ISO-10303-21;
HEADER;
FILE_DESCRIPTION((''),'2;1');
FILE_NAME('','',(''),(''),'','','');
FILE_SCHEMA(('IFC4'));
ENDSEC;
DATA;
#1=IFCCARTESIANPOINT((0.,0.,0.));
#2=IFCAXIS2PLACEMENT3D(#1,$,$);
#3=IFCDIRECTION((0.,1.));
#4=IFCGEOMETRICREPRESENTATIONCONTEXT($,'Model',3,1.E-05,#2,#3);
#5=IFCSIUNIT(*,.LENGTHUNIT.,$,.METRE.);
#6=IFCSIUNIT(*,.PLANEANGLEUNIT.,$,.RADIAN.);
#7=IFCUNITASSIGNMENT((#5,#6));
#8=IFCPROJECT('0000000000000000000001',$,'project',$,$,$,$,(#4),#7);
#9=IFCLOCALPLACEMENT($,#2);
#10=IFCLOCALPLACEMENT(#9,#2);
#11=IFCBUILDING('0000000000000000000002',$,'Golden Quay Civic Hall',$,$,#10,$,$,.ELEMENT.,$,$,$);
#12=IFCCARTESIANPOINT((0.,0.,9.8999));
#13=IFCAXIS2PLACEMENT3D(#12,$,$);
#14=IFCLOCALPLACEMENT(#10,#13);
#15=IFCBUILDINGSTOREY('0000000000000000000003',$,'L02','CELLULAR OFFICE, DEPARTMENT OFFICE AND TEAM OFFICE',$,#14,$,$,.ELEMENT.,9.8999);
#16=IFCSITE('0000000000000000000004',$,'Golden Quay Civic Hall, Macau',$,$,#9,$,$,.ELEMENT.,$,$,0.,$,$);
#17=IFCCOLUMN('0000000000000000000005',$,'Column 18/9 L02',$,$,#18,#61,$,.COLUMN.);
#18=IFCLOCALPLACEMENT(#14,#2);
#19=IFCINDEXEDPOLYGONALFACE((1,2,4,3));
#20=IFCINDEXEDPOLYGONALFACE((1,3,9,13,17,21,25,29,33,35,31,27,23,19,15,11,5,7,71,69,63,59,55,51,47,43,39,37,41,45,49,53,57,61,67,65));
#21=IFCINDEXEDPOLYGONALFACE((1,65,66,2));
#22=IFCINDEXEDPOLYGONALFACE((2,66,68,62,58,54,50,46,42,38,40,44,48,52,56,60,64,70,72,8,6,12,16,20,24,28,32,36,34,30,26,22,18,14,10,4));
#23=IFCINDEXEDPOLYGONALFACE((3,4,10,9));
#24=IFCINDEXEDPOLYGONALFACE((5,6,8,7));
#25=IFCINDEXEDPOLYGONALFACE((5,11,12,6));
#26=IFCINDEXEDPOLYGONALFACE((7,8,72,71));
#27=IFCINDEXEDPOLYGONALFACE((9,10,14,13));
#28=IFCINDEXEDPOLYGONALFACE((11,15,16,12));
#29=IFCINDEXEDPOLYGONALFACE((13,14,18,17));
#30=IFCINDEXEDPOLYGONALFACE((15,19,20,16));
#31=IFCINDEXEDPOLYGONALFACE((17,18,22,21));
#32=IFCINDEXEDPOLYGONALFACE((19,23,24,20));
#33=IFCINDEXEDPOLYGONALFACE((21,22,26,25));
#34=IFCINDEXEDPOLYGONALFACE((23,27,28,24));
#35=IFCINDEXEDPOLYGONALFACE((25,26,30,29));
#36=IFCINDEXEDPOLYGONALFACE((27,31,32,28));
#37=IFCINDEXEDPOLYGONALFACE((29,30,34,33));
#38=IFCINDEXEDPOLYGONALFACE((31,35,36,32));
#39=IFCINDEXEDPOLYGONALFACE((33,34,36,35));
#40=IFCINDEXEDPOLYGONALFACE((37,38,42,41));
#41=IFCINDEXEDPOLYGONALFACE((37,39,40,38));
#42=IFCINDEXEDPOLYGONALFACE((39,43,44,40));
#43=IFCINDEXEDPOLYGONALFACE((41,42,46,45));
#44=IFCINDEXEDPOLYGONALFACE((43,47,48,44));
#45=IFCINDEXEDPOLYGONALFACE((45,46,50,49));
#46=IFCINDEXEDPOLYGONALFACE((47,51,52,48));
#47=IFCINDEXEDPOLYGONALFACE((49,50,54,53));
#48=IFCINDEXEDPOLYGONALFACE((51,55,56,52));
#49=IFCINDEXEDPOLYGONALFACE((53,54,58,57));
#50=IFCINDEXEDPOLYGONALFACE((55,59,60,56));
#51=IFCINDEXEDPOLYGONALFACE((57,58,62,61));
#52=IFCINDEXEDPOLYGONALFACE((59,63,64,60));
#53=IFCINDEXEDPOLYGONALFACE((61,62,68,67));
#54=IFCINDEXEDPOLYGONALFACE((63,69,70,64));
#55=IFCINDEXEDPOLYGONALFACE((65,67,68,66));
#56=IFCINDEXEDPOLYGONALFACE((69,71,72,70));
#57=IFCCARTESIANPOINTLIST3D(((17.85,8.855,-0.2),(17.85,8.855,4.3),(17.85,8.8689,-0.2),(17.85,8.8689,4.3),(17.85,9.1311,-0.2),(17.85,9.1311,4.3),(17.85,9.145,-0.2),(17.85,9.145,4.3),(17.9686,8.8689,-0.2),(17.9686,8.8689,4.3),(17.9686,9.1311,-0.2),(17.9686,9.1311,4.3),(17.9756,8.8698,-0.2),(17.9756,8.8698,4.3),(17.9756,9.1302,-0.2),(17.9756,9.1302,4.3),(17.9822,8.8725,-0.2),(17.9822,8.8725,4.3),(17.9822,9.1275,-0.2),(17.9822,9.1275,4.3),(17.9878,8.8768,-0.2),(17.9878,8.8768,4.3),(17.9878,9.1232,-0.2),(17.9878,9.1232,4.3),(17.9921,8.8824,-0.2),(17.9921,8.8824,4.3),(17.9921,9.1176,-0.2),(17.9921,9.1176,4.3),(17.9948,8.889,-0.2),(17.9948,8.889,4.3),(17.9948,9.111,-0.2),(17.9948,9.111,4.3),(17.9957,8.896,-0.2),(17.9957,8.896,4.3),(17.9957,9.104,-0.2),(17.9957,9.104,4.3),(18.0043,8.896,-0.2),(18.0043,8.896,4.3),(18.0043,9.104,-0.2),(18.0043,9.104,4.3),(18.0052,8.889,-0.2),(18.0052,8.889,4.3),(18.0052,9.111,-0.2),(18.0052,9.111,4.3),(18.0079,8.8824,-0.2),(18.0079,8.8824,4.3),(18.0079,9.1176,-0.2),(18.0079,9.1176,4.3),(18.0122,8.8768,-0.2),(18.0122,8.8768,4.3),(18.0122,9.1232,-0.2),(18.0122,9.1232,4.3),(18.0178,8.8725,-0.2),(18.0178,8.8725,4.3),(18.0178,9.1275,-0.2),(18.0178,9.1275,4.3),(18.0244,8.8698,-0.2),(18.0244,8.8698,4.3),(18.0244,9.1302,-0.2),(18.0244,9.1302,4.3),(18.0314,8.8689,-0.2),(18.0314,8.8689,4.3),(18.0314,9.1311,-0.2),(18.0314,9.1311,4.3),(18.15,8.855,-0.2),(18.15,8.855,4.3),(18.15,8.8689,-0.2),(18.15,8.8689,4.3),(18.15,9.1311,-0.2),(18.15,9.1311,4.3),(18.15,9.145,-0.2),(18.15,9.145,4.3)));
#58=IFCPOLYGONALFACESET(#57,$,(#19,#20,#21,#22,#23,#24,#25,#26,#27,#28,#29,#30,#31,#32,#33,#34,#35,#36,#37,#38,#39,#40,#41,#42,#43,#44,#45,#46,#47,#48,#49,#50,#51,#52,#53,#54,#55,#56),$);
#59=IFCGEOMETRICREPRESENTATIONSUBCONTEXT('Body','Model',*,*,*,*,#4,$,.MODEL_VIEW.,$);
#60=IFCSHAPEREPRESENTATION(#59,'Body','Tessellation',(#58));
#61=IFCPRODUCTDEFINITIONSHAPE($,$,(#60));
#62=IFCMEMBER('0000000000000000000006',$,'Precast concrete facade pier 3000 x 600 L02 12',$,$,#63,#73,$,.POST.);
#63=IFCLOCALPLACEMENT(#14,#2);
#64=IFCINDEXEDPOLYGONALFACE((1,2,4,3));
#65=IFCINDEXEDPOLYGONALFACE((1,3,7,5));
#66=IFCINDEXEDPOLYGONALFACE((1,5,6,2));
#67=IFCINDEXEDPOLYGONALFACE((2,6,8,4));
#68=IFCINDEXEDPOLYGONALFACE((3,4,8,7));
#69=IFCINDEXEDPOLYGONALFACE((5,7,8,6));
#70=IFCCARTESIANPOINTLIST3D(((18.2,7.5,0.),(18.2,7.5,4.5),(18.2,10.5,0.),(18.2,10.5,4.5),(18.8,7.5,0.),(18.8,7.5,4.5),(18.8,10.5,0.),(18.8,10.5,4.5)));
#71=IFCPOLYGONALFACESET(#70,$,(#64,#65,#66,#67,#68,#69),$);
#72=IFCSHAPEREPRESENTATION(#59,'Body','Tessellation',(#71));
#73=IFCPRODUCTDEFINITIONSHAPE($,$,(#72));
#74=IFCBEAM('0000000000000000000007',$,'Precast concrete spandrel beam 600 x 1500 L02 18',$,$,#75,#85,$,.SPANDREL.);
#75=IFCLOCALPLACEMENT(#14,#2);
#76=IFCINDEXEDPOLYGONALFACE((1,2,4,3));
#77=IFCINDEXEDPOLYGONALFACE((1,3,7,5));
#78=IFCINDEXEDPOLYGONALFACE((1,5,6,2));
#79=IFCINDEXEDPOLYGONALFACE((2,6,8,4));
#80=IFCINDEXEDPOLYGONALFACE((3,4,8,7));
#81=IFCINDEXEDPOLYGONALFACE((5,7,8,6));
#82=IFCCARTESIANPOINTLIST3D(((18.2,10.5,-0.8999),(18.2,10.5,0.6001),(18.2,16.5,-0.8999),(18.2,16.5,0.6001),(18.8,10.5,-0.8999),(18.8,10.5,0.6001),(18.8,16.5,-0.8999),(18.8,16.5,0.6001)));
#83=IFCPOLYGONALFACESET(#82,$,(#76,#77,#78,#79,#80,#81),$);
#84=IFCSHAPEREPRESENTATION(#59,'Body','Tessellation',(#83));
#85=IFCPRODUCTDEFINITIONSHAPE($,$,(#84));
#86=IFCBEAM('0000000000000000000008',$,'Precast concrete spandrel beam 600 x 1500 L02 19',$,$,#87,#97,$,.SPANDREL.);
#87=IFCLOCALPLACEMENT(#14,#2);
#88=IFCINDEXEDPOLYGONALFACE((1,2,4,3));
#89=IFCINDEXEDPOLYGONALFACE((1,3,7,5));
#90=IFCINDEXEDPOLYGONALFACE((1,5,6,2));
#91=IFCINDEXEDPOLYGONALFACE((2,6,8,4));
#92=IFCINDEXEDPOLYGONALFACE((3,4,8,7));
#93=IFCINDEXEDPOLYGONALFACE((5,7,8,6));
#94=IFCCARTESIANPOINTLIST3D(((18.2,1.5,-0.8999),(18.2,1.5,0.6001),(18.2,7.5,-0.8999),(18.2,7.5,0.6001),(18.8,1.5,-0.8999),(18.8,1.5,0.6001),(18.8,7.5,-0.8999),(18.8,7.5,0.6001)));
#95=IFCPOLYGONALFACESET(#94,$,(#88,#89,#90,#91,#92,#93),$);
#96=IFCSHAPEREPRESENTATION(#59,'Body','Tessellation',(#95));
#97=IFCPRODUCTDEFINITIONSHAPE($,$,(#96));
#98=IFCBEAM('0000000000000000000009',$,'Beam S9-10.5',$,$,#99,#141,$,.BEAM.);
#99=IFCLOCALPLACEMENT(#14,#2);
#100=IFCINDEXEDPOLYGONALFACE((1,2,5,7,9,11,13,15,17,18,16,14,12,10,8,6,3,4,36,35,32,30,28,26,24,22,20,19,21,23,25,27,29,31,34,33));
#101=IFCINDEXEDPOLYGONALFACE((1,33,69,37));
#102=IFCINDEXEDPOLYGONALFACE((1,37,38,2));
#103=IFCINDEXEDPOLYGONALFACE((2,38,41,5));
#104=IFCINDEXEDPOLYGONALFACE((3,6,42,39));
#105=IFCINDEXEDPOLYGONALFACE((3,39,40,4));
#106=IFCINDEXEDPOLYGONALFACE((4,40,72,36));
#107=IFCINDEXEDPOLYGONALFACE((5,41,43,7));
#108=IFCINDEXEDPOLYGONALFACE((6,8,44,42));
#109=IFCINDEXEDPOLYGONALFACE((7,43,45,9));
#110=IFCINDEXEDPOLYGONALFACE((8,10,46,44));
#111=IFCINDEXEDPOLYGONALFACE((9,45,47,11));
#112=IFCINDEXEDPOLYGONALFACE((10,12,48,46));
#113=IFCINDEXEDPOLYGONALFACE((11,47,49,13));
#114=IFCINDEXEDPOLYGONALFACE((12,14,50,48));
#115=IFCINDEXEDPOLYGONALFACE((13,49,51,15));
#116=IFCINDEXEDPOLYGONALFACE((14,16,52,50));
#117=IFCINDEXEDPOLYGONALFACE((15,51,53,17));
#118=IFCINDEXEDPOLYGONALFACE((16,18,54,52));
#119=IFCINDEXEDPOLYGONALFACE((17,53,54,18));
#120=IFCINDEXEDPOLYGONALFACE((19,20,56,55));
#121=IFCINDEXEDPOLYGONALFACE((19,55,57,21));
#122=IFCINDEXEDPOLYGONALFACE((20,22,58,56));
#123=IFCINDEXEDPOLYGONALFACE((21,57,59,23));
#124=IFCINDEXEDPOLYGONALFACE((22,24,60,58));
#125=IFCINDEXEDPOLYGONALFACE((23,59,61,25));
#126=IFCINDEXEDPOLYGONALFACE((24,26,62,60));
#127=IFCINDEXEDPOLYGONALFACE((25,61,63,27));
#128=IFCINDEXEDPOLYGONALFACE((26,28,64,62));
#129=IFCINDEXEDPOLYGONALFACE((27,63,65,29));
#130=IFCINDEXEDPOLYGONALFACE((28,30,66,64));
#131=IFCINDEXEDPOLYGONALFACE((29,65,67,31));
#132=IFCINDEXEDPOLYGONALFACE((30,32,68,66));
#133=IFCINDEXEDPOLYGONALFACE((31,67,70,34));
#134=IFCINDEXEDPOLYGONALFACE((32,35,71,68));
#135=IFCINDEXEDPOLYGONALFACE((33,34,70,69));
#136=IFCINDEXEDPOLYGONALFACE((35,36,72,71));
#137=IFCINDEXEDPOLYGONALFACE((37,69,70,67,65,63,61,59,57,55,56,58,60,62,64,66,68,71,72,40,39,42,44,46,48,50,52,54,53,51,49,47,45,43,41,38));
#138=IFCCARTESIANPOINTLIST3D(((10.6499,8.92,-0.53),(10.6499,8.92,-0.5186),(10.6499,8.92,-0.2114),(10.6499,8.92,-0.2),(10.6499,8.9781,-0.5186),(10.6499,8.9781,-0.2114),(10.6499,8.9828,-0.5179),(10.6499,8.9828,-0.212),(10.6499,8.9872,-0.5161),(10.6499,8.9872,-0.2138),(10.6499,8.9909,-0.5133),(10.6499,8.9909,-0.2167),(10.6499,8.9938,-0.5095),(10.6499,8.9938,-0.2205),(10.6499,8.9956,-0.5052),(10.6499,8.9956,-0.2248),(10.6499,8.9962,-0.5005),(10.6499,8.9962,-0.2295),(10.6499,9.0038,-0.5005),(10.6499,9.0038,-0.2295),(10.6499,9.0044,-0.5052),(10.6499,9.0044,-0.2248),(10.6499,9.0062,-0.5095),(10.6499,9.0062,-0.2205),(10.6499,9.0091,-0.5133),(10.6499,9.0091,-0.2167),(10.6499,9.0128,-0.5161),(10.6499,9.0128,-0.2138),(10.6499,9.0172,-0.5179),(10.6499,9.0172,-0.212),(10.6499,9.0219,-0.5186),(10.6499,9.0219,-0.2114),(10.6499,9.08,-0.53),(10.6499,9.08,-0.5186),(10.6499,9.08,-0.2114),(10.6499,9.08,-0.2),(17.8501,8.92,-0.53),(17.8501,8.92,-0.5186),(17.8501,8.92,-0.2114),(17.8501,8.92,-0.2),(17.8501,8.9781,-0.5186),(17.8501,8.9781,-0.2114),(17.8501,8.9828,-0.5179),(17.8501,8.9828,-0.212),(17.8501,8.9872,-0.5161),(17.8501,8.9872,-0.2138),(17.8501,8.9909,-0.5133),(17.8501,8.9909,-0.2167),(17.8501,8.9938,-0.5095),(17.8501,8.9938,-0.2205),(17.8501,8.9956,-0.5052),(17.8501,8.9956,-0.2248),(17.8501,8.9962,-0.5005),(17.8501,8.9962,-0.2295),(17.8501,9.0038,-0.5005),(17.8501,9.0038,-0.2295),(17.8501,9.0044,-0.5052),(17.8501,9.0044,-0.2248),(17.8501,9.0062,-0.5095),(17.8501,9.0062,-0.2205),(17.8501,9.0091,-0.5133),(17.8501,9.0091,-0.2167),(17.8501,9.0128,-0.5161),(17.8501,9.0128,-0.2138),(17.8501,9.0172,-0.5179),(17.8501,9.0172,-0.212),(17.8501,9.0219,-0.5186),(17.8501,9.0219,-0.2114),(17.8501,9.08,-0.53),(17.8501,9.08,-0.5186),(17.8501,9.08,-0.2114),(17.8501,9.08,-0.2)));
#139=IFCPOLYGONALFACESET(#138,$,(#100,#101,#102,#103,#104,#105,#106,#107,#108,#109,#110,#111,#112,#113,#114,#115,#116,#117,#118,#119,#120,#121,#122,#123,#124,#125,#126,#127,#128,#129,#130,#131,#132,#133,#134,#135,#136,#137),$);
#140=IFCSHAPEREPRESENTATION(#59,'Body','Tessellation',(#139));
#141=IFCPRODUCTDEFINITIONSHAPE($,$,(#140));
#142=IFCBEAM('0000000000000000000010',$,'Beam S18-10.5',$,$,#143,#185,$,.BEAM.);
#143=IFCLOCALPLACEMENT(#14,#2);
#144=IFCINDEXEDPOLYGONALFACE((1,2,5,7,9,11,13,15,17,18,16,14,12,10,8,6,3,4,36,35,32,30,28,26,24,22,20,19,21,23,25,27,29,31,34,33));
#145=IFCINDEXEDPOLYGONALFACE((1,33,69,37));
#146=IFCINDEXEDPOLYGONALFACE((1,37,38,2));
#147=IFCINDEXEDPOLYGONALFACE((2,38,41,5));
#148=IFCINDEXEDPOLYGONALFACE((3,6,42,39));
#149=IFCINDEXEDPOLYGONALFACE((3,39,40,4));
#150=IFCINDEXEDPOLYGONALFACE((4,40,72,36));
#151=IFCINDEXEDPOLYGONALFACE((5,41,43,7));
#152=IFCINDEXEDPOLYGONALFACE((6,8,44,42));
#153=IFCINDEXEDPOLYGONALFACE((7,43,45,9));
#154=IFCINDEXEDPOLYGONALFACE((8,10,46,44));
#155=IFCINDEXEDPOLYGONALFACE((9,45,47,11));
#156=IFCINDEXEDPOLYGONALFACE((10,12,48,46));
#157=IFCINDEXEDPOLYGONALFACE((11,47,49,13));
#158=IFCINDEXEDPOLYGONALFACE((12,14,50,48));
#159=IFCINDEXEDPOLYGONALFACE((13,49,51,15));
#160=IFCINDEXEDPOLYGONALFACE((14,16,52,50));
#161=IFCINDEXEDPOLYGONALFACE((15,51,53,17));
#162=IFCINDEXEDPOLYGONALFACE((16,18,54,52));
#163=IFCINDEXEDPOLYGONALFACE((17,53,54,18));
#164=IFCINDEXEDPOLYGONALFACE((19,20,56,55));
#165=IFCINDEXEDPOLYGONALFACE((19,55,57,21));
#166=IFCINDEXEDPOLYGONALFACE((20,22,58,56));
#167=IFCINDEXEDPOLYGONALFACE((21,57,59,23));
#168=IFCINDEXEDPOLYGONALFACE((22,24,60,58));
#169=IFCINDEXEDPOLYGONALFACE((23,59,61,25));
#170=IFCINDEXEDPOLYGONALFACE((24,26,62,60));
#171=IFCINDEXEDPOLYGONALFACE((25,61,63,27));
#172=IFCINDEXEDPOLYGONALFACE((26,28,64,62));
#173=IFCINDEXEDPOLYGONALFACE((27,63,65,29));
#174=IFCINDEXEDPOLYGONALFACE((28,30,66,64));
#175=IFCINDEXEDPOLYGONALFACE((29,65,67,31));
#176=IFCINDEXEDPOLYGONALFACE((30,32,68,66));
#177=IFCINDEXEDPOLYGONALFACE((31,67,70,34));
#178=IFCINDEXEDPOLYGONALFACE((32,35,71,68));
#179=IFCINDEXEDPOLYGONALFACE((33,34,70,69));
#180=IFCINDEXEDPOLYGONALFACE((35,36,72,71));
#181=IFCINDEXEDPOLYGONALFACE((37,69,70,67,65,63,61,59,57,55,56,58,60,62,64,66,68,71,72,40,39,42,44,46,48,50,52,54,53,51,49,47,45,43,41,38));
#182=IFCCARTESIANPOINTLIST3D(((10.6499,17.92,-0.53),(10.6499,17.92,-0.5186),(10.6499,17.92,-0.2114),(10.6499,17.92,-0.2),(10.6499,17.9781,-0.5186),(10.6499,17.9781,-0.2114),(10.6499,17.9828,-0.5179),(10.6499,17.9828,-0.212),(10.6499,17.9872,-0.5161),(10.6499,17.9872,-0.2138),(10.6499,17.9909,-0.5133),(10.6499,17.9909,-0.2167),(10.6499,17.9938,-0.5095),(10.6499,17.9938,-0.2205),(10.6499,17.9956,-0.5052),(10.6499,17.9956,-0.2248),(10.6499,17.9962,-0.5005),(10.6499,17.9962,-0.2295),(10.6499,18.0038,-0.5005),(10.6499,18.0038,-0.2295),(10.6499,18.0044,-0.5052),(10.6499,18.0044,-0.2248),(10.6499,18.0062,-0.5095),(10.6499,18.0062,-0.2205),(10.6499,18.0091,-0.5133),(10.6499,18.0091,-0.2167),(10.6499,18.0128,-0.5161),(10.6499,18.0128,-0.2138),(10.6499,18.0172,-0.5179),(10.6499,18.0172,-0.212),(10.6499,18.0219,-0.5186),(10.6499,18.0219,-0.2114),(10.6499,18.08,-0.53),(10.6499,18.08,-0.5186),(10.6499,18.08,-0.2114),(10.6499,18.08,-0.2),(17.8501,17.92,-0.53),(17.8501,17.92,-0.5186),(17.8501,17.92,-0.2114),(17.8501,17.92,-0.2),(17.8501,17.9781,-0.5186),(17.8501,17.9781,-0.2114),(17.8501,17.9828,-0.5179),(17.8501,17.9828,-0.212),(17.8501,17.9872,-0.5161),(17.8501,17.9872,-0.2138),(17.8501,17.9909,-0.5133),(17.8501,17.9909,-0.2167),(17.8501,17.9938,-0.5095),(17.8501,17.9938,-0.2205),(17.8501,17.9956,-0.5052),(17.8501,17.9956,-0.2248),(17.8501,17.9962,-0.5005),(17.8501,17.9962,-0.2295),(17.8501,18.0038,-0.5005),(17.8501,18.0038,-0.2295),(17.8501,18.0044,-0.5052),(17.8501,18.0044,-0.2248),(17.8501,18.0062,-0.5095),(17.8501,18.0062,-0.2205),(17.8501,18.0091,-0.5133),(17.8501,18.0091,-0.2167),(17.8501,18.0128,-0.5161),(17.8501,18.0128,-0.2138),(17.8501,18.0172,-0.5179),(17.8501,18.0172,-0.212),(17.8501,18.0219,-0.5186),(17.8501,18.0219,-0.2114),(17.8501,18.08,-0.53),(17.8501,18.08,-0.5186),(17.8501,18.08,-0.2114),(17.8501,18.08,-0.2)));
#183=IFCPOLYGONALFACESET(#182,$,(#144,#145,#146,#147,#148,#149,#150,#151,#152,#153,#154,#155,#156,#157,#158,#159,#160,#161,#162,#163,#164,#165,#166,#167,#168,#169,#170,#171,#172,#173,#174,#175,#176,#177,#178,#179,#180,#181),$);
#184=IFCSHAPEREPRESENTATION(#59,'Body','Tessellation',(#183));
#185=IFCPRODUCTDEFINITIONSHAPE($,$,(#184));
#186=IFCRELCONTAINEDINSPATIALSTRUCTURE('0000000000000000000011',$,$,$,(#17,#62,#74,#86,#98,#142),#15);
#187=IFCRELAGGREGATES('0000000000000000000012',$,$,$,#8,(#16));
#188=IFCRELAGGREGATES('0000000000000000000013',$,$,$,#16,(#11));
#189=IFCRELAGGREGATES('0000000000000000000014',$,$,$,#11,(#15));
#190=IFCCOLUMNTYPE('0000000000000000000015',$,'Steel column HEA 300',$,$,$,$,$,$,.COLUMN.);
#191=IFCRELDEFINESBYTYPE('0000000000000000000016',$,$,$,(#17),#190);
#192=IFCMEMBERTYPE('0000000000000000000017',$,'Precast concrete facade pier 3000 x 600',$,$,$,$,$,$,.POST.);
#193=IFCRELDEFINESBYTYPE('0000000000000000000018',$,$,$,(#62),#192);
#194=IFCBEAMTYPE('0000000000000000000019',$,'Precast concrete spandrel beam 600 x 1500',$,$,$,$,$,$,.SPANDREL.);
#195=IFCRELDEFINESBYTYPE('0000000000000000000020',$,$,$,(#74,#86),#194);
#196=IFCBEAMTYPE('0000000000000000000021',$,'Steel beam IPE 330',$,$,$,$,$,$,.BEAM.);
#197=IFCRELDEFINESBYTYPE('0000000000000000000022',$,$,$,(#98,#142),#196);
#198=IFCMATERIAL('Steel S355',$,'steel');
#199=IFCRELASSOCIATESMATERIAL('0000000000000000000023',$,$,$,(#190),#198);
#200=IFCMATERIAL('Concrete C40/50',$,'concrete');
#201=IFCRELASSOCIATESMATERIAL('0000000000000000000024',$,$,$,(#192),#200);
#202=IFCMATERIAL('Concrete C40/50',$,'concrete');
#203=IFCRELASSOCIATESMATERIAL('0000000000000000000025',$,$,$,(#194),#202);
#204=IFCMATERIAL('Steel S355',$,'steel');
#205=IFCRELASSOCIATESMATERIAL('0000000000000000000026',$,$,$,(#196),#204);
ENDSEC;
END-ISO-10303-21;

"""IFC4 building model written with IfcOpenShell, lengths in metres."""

from ifc_helpers import new_model, si_unit, direction, frame, origin, origin_2d, place, context, subcontext, project, spatial, rectangle, i_section, extrude, material, material_profile, profile_set, type_object, element, save


model = new_model("IFC4")

# Units and contexts
model_context = context("Model", 3, precision=1e-05, world=origin(), true_north=direction((0.0, 1.0)))
body_context = subcontext(model_context, "Body", "Model", "MODEL_VIEW")
ifc_project = project(units=[si_unit("LENGTHUNIT", "METRE"), si_unit("PLANEANGLEUNIT", "RADIAN")], contexts=[model_context])

# Site, building, storey
site_placement = place(None, origin())
site = spatial("IfcSite", under=ifc_project, at=site_placement, Name="Golden Quay Civic Hall, Macau", CompositionType="ELEMENT", RefElevation=0.0)
building_placement = place(site_placement, origin())
building = spatial("IfcBuilding", under=site, at=building_placement, Name="Golden Quay Civic Hall", CompositionType="ELEMENT")
storey_placement = place(building_placement, frame((0.0, 0.0, 9.8999)))
storey = spatial("IfcBuildingStorey", under=building, at=storey_placement, Name="L02", Description="CELLULAR OFFICE, DEPARTMENT OFFICE AND TEAM OFFICE", CompositionType="ELEMENT", Elevation=9.8999)

# Column
ifc_material_1 = material(Name="Steel S355", Category="steel")
ifc_material_profile_1 = material_profile(ifc_material_1, i_section(OverallWidth=0.3, OverallDepth=0.29, WebThickness=0.0085, FlangeThickness=0.0139, FilletRadius=0.0271, at=origin_2d()), Name="HEA 300")
ifc_profile_set_1 = profile_set([ifc_material_profile_1], Name="Steel S355")
column_type = type_object("IfcColumnType", Name="Steel column HEA 300", PredefinedType="COLUMN", material=ifc_profile_set_1)
column_placement = place(storey_placement, frame((18.0, 9.0, -0.2), z_axis=(0.0, 0.0, 1.0), x_axis=(1.0, 0.0, 0.0)))
element("IfcColumn", 1, at=column_placement, inside=storey, type_object=column_type, Name="Column 18/9 L02", PredefinedType="COLUMN", context=body_context, shape_type="SweptSolid", body=[
    extrude(i_section(OverallWidth=0.3, OverallDepth=0.29, WebThickness=0.0085, FlangeThickness=0.0139, FilletRadius=0.0271, at=origin_2d()), origin(), (0.0, 0.0, 1.0), 4.5),
])

# Member
ifc_material_2 = material(Name="Concrete C40/50", Category="concrete")
ifc_material_profile_2 = material_profile(ifc_material_2, rectangle(XDim=3.0, YDim=0.6001, at=origin_2d()), Name="RC 3000x600")
ifc_profile_set_2 = profile_set([ifc_material_profile_2], Name="Concrete C40/50")
member_type = type_object("IfcMemberType", Name="Precast concrete facade pier 3000 x 600", PredefinedType="POST", material=ifc_profile_set_2)
member_placement = place(storey_placement, frame((18.5, 9.0, 0.0), z_axis=(0.0, 0.0, 1.0), x_axis=(0.0, 1.0, 0.0)))
element("IfcMember", 2, at=member_placement, inside=storey, type_object=member_type, Name="Precast concrete facade pier 3000 x 600 L02 12", PredefinedType="POST", context=body_context, shape_type="SweptSolid", body=[
    extrude(rectangle(XDim=3.0, YDim=0.6001, at=origin_2d()), origin(), (0.0, 0.0, 1.0), 4.5),
])

# Beams
ifc_material_3 = material(Name="Concrete C40/50", Category="concrete")
ifc_material_profile_3 = material_profile(ifc_material_3, rectangle(XDim=0.6001, YDim=1.5, at=origin_2d()), Name="RC 600x1500")
ifc_profile_set_3 = profile_set([ifc_material_profile_3], Name="Concrete C40/50")
beam_type_1 = type_object("IfcBeamType", Name="Precast concrete spandrel beam 600 x 1500", PredefinedType="SPANDREL", material=ifc_profile_set_3)
for number, where, z_axis, x_axis, name in (
    (3, (18.5, 10.5, -0.1499), (0.0, 1.0, 0.0), (-1.0, 0.0, 0.0), "Precast concrete spandrel beam 600 x 1500 L02 18"),
    (4, (18.5, 1.5, -0.1499), (0.0, 1.0, 0.0), (-1.0, 0.0, 0.0), "Precast concrete spandrel beam 600 x 1500 L02 19"),
):
    element("IfcBeam", number, at=place(storey_placement, frame(where, z_axis=z_axis, x_axis=x_axis)), inside=storey, type_object=beam_type_1, Name=name, PredefinedType="SPANDREL", context=body_context, shape_type="SweptSolid", body=[
        extrude(rectangle(XDim=0.6001, YDim=1.5, at=origin_2d()), origin(), (0.0, 0.0, 1.0), 6.0),
    ])
ifc_material_4 = material(Name="Steel S355", Category="steel")
ifc_material_profile_4 = material_profile(ifc_material_4, i_section(OverallWidth=0.1599, OverallDepth=0.3301, WebThickness=0.0076, FlangeThickness=0.0115, FilletRadius=0.0181, at=origin_2d()), Name="IPE 330")
ifc_profile_set_4 = profile_set([ifc_material_profile_4], Name="Steel S355")
beam_type_2 = type_object("IfcBeamType", Name="Steel beam IPE 330", PredefinedType="BEAM", material=ifc_profile_set_4)
for number, where, z_axis, x_axis, name in (
    (5, (10.6499, 9.0, -0.365), (1.0, 0.0, 0.0), (0.0, 1.0, 0.0), "Beam S9-10.5"),
    (6, (10.6499, 18.0, -0.365), (1.0, 0.0, 0.0), (0.0, 1.0, 0.0), "Beam S18-10.5"),
):
    element("IfcBeam", number, at=place(storey_placement, frame(where, z_axis=z_axis, x_axis=x_axis)), inside=storey, type_object=beam_type_2, Name=name, PredefinedType="BEAM", context=body_context, shape_type="SweptSolid", body=[
        extrude(i_section(OverallWidth=0.1599, OverallDepth=0.3301, WebThickness=0.0076, FlangeThickness=0.0115, FilletRadius=0.0181, at=origin_2d()), origin(), (0.0, 0.0, 1.0), 7.2002),
    ])

save(model, "model.ifc")
